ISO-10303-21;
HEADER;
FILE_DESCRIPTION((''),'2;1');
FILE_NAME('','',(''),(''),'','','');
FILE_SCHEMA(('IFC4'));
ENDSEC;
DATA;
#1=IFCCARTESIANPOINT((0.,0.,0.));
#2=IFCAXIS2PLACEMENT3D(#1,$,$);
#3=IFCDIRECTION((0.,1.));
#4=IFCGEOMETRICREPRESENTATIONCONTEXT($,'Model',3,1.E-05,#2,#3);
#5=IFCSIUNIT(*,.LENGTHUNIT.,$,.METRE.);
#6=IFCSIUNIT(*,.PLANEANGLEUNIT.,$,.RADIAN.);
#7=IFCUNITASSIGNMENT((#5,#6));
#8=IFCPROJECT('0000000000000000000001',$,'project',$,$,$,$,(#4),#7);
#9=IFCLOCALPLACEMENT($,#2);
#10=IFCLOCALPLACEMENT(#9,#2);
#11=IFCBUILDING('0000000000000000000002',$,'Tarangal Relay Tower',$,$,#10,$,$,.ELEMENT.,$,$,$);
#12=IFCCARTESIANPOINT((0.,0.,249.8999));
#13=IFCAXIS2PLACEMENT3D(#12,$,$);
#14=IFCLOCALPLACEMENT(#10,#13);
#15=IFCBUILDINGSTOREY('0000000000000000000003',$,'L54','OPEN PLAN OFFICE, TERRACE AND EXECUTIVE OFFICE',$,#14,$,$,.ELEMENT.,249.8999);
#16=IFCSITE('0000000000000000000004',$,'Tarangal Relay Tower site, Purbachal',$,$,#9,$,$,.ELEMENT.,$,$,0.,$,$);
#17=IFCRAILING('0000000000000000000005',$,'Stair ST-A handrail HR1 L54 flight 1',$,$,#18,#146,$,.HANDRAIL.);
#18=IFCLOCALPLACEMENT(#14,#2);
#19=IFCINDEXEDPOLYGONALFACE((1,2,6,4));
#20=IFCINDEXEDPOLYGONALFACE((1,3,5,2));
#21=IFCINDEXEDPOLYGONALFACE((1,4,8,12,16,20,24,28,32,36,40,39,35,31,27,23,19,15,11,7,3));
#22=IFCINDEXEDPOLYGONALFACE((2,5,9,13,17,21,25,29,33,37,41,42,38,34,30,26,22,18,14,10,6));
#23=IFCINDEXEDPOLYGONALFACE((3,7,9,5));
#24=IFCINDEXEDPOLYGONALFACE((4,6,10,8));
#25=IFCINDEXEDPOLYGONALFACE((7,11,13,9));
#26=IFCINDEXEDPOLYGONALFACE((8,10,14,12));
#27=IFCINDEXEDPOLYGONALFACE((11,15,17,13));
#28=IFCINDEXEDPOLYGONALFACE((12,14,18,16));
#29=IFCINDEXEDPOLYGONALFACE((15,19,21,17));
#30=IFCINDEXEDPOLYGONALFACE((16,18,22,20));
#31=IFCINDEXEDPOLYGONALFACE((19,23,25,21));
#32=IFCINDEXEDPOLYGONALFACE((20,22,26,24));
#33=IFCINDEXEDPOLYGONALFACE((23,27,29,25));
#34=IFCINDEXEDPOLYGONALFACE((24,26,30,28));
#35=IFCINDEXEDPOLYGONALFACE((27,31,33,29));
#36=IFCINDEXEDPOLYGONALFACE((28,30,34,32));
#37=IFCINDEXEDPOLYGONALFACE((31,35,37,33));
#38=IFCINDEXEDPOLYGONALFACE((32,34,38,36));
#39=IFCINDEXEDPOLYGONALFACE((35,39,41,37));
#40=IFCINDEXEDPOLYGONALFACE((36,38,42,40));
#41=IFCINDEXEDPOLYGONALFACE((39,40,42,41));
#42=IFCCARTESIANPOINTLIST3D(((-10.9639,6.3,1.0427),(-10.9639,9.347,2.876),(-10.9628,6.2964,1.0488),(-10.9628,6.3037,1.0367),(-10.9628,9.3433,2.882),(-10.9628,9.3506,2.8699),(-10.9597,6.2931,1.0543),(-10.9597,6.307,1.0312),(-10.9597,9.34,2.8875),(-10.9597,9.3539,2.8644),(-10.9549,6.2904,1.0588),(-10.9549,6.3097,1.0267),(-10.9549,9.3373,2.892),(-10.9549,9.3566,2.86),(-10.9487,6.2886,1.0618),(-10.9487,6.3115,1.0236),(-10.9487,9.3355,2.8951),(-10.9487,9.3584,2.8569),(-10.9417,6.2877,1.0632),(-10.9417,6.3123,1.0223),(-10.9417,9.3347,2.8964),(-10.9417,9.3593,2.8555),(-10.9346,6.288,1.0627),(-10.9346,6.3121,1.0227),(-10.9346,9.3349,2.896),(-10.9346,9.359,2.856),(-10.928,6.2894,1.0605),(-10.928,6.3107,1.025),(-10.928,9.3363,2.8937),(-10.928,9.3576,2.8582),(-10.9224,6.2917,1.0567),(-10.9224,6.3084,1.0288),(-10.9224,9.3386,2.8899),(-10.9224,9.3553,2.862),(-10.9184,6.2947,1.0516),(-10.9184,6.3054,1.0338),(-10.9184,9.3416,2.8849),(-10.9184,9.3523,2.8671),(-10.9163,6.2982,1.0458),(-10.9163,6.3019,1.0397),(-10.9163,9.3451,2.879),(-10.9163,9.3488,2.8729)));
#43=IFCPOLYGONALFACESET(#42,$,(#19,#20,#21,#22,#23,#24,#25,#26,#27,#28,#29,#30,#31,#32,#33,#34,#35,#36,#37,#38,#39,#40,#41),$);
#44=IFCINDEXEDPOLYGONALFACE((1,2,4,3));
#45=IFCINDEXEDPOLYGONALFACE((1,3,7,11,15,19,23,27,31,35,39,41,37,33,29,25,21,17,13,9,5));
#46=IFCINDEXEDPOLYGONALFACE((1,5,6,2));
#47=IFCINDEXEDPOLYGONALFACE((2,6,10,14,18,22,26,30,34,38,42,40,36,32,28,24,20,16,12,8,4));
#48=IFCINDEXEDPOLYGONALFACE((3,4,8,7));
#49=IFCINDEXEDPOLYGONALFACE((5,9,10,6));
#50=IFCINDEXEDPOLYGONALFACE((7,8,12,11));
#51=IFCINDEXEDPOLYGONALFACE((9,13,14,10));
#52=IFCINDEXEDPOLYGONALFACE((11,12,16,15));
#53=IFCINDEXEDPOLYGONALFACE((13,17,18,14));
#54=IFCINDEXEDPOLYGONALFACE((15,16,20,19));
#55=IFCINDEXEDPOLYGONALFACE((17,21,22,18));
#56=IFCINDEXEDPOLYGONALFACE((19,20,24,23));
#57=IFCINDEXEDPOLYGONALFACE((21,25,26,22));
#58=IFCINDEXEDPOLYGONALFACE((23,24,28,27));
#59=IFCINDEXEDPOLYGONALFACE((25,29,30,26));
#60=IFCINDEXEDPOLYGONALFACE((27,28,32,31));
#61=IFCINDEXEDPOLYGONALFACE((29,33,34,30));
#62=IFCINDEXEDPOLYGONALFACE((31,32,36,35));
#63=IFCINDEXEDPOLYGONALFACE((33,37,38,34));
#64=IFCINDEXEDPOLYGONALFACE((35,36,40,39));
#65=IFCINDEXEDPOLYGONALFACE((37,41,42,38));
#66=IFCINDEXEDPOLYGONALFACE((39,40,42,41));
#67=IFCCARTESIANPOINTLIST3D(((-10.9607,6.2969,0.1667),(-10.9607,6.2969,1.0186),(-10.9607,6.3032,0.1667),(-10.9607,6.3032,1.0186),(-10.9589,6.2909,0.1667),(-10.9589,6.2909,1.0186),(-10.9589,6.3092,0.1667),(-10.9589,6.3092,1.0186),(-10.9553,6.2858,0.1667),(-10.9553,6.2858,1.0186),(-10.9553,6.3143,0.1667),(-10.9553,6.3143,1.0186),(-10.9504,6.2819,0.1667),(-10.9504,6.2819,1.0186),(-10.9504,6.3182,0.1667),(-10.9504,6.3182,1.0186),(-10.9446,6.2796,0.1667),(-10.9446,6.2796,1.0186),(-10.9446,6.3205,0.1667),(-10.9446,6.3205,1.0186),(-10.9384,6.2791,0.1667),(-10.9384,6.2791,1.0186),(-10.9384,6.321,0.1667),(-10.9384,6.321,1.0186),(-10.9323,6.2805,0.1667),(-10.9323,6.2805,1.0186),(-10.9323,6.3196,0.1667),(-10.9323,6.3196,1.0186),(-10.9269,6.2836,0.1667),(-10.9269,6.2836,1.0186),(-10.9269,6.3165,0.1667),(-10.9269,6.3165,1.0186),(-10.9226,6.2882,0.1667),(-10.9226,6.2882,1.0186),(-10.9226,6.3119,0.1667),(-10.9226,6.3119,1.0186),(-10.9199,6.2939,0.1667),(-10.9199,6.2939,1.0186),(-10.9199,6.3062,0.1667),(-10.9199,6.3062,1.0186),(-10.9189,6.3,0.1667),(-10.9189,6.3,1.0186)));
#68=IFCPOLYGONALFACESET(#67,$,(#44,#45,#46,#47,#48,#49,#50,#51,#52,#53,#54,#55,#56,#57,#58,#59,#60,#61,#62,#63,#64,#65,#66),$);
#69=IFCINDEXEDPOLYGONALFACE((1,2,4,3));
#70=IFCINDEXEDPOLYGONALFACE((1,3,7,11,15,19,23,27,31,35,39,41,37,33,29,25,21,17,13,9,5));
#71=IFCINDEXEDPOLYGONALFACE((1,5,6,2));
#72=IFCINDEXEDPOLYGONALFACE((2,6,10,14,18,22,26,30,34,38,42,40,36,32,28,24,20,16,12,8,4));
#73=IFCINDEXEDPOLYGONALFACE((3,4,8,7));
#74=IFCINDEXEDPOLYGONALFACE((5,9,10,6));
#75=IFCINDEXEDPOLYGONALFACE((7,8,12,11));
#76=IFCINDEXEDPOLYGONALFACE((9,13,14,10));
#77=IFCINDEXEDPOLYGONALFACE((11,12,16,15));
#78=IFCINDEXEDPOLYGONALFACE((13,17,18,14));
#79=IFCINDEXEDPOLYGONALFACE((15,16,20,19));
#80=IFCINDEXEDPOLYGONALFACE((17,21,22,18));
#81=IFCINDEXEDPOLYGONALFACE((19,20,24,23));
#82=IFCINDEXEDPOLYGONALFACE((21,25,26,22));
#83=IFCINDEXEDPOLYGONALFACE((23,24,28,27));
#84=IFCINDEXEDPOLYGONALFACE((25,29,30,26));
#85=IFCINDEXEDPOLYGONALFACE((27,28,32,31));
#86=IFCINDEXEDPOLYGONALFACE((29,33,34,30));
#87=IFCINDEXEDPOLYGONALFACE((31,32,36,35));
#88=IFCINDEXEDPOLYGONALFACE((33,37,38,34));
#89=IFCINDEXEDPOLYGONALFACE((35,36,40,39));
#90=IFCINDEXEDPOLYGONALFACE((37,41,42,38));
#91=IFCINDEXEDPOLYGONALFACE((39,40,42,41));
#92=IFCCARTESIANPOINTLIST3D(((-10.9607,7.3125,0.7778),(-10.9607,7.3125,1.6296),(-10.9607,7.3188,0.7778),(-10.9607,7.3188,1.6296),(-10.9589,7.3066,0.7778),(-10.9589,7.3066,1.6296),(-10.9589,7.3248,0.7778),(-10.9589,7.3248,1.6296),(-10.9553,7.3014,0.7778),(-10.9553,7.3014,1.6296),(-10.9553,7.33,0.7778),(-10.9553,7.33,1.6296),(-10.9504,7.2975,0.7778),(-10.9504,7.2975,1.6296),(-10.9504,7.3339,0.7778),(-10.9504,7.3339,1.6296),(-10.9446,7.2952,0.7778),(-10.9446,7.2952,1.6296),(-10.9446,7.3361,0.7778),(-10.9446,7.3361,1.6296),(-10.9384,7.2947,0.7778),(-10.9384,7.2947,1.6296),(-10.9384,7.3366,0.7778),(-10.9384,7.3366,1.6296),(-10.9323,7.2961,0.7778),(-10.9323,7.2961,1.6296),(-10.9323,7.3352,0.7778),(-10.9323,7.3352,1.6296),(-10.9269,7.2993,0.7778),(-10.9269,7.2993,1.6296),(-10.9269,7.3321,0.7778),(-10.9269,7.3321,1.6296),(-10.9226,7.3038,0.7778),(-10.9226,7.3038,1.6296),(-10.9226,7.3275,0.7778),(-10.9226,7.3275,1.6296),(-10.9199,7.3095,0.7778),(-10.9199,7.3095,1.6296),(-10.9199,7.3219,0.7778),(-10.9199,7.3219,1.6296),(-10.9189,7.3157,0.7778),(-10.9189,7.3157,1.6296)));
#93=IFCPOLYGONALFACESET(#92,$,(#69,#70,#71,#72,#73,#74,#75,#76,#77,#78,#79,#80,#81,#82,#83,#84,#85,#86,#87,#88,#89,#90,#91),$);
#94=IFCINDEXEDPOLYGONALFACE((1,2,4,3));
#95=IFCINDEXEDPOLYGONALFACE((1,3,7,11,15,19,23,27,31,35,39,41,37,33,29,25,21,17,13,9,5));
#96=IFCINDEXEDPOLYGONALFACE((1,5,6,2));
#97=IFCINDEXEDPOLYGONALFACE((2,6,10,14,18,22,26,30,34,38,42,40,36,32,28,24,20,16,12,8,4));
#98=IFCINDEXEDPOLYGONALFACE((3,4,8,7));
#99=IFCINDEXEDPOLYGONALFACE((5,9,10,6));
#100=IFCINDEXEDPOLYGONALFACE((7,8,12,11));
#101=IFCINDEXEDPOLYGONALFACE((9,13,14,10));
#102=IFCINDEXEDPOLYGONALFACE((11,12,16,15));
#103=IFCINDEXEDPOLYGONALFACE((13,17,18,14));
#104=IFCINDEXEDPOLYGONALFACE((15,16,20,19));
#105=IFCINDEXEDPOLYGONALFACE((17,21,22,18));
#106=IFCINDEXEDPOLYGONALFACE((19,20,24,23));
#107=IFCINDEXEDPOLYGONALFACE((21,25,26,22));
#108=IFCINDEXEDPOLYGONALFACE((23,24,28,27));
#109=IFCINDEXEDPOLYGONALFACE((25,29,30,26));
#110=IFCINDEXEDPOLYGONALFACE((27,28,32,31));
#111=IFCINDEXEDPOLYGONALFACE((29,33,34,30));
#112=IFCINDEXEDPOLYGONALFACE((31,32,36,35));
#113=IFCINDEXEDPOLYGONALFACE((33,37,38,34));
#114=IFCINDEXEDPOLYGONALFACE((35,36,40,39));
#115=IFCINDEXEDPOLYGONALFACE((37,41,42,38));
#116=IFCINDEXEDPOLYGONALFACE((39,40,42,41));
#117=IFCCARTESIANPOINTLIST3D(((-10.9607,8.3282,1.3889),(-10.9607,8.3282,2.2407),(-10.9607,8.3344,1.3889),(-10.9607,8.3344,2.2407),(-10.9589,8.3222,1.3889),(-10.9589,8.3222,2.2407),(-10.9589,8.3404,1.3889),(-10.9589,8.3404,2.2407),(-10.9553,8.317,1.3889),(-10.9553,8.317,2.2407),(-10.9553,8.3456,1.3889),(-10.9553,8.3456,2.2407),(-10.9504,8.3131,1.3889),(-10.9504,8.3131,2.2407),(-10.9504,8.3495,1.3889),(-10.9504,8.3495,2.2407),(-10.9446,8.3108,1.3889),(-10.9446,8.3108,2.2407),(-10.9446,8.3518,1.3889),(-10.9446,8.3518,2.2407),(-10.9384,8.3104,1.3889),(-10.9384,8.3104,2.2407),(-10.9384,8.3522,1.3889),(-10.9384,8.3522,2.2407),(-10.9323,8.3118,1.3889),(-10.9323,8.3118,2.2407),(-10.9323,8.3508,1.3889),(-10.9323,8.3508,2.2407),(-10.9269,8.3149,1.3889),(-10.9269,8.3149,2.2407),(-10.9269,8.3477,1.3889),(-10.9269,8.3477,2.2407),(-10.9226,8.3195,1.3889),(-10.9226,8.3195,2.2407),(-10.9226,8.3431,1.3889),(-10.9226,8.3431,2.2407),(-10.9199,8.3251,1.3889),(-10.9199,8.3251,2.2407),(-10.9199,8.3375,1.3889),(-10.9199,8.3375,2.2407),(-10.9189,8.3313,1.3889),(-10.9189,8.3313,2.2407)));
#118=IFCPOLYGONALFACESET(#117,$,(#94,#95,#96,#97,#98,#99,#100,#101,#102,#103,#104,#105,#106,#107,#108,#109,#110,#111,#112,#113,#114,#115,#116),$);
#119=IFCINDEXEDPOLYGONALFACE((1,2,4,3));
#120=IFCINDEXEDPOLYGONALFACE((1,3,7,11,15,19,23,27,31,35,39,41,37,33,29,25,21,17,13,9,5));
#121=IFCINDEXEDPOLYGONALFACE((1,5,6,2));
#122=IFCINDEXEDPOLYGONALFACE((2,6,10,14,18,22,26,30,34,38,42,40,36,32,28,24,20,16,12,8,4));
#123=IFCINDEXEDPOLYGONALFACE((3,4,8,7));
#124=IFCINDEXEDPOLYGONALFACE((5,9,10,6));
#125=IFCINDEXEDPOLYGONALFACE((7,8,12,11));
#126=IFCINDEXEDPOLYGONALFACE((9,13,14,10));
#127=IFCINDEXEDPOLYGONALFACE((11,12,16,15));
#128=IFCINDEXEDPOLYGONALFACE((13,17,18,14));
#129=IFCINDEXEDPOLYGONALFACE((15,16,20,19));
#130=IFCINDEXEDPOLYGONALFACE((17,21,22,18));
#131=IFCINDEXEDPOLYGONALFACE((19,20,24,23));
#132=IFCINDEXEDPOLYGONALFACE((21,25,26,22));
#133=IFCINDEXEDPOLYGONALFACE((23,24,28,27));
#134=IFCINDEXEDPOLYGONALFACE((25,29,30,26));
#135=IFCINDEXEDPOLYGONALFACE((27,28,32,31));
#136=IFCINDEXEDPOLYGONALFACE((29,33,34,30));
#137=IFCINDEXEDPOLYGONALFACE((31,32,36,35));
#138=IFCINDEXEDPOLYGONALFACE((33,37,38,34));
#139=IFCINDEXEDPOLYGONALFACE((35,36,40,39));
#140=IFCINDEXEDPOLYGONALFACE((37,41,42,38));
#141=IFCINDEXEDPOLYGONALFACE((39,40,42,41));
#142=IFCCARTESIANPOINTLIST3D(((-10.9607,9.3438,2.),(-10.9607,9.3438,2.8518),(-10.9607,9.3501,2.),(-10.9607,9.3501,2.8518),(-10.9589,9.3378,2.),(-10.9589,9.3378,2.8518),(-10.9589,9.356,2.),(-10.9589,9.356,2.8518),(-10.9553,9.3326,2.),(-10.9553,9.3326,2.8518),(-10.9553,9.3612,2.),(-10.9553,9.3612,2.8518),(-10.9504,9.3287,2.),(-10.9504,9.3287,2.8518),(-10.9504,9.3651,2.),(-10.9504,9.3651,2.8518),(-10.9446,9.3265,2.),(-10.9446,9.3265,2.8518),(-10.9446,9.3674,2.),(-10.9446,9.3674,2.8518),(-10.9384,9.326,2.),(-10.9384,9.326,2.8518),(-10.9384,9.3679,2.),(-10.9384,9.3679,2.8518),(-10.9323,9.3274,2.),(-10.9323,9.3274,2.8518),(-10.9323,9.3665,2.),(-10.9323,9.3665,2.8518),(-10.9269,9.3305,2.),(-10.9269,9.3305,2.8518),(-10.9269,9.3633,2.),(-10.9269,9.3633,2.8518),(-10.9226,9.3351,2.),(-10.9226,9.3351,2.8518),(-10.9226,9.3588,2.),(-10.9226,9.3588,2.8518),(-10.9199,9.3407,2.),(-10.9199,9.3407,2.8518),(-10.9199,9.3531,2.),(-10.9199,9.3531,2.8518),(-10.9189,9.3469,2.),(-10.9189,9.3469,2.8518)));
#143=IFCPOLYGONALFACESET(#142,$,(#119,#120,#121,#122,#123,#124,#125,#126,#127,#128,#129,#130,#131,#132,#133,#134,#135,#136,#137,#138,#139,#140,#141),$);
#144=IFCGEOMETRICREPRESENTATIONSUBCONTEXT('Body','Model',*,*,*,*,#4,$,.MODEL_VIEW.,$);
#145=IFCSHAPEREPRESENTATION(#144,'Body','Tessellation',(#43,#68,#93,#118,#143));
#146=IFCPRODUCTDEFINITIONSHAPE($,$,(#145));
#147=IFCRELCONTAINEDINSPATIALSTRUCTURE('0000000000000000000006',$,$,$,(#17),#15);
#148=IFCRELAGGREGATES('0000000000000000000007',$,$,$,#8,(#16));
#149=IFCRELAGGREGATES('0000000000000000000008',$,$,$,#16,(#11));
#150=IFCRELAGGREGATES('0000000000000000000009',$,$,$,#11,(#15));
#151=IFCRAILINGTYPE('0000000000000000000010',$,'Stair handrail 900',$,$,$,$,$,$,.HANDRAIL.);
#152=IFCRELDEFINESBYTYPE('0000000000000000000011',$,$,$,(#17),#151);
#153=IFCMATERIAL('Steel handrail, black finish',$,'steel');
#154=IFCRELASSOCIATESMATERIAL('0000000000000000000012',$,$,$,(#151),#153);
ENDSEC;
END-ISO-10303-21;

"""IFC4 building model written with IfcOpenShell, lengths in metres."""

from ifc_helpers import new_model, si_unit, direction, frame, origin, origin_2d, place, context, subcontext, project, spatial, circle, extrude, material, type_object, element, save


model = new_model("IFC4")

# Units and contexts
model_context = context("Model", 3, precision=1e-05, world=origin(), true_north=direction((0.0, 1.0)))
body_context = subcontext(model_context, "Body", "Model", "MODEL_VIEW")
ifc_project = project(units=[si_unit("LENGTHUNIT", "METRE"), si_unit("PLANEANGLEUNIT", "RADIAN")], contexts=[model_context])

# Site, building, storey
site_placement = place(None, origin())
site = spatial("IfcSite", under=ifc_project, at=site_placement, Name="Tarangal Relay Tower site, Purbachal", CompositionType="ELEMENT", RefElevation=0.0)
building_placement = place(site_placement, origin())
building = spatial("IfcBuilding", under=site, at=building_placement, Name="Tarangal Relay Tower", CompositionType="ELEMENT")
storey_placement = place(building_placement, frame((0.0, 0.0, 249.8999)))
storey = spatial("IfcBuildingStorey", under=building, at=storey_placement, Name="L54", Description="OPEN PLAN OFFICE, TERRACE AND EXECUTIVE OFFICE", CompositionType="ELEMENT", Elevation=249.8999)

# Railing
ifc_material_1 = material(Name="Steel handrail, black finish", Category="steel")
railing_type_1 = type_object("IfcRailingType", Name="Stair handrail 900", PredefinedType="HANDRAIL", material=ifc_material_1)
railing_1_placement = place(storey_placement, frame((-10.9399, 6.3, 0.1667)))
element("IfcRailing", 1, at=railing_1_placement, inside=storey, type_object=railing_type_1, Name="Stair ST-A handrail HR1 L54 flight 1", PredefinedType="HANDRAIL", context=body_context, shape_type="SweptSolid", body=[
    extrude(circle(Radius=0.0239, at=origin_2d()), frame((0.0, 0.0, 0.876), z_axis=(0.0, 0.856856, 0.515556), x_axis=(-1.0, 0.0, 0.0)), (0.0, 0.0, 1.0), 3.5559),
    extrude(circle(Radius=0.021, at=origin_2d()), origin(), (0.0, 0.0, 1.0), 0.8518),
    extrude(circle(Radius=0.021, at=origin_2d()), frame((0.0, 1.0156, 0.6111)), (0.0, 0.0, 1.0), 0.8518),
    extrude(circle(Radius=0.021, at=origin_2d()), frame((0.0, 2.0312, 1.2222)), (0.0, 0.0, 1.0), 0.8518),
    extrude(circle(Radius=0.021, at=origin_2d()), frame((0.0, 3.0469, 1.8333)), (0.0, 0.0, 1.0), 0.8518),
])

save(model, "model.ifc")
